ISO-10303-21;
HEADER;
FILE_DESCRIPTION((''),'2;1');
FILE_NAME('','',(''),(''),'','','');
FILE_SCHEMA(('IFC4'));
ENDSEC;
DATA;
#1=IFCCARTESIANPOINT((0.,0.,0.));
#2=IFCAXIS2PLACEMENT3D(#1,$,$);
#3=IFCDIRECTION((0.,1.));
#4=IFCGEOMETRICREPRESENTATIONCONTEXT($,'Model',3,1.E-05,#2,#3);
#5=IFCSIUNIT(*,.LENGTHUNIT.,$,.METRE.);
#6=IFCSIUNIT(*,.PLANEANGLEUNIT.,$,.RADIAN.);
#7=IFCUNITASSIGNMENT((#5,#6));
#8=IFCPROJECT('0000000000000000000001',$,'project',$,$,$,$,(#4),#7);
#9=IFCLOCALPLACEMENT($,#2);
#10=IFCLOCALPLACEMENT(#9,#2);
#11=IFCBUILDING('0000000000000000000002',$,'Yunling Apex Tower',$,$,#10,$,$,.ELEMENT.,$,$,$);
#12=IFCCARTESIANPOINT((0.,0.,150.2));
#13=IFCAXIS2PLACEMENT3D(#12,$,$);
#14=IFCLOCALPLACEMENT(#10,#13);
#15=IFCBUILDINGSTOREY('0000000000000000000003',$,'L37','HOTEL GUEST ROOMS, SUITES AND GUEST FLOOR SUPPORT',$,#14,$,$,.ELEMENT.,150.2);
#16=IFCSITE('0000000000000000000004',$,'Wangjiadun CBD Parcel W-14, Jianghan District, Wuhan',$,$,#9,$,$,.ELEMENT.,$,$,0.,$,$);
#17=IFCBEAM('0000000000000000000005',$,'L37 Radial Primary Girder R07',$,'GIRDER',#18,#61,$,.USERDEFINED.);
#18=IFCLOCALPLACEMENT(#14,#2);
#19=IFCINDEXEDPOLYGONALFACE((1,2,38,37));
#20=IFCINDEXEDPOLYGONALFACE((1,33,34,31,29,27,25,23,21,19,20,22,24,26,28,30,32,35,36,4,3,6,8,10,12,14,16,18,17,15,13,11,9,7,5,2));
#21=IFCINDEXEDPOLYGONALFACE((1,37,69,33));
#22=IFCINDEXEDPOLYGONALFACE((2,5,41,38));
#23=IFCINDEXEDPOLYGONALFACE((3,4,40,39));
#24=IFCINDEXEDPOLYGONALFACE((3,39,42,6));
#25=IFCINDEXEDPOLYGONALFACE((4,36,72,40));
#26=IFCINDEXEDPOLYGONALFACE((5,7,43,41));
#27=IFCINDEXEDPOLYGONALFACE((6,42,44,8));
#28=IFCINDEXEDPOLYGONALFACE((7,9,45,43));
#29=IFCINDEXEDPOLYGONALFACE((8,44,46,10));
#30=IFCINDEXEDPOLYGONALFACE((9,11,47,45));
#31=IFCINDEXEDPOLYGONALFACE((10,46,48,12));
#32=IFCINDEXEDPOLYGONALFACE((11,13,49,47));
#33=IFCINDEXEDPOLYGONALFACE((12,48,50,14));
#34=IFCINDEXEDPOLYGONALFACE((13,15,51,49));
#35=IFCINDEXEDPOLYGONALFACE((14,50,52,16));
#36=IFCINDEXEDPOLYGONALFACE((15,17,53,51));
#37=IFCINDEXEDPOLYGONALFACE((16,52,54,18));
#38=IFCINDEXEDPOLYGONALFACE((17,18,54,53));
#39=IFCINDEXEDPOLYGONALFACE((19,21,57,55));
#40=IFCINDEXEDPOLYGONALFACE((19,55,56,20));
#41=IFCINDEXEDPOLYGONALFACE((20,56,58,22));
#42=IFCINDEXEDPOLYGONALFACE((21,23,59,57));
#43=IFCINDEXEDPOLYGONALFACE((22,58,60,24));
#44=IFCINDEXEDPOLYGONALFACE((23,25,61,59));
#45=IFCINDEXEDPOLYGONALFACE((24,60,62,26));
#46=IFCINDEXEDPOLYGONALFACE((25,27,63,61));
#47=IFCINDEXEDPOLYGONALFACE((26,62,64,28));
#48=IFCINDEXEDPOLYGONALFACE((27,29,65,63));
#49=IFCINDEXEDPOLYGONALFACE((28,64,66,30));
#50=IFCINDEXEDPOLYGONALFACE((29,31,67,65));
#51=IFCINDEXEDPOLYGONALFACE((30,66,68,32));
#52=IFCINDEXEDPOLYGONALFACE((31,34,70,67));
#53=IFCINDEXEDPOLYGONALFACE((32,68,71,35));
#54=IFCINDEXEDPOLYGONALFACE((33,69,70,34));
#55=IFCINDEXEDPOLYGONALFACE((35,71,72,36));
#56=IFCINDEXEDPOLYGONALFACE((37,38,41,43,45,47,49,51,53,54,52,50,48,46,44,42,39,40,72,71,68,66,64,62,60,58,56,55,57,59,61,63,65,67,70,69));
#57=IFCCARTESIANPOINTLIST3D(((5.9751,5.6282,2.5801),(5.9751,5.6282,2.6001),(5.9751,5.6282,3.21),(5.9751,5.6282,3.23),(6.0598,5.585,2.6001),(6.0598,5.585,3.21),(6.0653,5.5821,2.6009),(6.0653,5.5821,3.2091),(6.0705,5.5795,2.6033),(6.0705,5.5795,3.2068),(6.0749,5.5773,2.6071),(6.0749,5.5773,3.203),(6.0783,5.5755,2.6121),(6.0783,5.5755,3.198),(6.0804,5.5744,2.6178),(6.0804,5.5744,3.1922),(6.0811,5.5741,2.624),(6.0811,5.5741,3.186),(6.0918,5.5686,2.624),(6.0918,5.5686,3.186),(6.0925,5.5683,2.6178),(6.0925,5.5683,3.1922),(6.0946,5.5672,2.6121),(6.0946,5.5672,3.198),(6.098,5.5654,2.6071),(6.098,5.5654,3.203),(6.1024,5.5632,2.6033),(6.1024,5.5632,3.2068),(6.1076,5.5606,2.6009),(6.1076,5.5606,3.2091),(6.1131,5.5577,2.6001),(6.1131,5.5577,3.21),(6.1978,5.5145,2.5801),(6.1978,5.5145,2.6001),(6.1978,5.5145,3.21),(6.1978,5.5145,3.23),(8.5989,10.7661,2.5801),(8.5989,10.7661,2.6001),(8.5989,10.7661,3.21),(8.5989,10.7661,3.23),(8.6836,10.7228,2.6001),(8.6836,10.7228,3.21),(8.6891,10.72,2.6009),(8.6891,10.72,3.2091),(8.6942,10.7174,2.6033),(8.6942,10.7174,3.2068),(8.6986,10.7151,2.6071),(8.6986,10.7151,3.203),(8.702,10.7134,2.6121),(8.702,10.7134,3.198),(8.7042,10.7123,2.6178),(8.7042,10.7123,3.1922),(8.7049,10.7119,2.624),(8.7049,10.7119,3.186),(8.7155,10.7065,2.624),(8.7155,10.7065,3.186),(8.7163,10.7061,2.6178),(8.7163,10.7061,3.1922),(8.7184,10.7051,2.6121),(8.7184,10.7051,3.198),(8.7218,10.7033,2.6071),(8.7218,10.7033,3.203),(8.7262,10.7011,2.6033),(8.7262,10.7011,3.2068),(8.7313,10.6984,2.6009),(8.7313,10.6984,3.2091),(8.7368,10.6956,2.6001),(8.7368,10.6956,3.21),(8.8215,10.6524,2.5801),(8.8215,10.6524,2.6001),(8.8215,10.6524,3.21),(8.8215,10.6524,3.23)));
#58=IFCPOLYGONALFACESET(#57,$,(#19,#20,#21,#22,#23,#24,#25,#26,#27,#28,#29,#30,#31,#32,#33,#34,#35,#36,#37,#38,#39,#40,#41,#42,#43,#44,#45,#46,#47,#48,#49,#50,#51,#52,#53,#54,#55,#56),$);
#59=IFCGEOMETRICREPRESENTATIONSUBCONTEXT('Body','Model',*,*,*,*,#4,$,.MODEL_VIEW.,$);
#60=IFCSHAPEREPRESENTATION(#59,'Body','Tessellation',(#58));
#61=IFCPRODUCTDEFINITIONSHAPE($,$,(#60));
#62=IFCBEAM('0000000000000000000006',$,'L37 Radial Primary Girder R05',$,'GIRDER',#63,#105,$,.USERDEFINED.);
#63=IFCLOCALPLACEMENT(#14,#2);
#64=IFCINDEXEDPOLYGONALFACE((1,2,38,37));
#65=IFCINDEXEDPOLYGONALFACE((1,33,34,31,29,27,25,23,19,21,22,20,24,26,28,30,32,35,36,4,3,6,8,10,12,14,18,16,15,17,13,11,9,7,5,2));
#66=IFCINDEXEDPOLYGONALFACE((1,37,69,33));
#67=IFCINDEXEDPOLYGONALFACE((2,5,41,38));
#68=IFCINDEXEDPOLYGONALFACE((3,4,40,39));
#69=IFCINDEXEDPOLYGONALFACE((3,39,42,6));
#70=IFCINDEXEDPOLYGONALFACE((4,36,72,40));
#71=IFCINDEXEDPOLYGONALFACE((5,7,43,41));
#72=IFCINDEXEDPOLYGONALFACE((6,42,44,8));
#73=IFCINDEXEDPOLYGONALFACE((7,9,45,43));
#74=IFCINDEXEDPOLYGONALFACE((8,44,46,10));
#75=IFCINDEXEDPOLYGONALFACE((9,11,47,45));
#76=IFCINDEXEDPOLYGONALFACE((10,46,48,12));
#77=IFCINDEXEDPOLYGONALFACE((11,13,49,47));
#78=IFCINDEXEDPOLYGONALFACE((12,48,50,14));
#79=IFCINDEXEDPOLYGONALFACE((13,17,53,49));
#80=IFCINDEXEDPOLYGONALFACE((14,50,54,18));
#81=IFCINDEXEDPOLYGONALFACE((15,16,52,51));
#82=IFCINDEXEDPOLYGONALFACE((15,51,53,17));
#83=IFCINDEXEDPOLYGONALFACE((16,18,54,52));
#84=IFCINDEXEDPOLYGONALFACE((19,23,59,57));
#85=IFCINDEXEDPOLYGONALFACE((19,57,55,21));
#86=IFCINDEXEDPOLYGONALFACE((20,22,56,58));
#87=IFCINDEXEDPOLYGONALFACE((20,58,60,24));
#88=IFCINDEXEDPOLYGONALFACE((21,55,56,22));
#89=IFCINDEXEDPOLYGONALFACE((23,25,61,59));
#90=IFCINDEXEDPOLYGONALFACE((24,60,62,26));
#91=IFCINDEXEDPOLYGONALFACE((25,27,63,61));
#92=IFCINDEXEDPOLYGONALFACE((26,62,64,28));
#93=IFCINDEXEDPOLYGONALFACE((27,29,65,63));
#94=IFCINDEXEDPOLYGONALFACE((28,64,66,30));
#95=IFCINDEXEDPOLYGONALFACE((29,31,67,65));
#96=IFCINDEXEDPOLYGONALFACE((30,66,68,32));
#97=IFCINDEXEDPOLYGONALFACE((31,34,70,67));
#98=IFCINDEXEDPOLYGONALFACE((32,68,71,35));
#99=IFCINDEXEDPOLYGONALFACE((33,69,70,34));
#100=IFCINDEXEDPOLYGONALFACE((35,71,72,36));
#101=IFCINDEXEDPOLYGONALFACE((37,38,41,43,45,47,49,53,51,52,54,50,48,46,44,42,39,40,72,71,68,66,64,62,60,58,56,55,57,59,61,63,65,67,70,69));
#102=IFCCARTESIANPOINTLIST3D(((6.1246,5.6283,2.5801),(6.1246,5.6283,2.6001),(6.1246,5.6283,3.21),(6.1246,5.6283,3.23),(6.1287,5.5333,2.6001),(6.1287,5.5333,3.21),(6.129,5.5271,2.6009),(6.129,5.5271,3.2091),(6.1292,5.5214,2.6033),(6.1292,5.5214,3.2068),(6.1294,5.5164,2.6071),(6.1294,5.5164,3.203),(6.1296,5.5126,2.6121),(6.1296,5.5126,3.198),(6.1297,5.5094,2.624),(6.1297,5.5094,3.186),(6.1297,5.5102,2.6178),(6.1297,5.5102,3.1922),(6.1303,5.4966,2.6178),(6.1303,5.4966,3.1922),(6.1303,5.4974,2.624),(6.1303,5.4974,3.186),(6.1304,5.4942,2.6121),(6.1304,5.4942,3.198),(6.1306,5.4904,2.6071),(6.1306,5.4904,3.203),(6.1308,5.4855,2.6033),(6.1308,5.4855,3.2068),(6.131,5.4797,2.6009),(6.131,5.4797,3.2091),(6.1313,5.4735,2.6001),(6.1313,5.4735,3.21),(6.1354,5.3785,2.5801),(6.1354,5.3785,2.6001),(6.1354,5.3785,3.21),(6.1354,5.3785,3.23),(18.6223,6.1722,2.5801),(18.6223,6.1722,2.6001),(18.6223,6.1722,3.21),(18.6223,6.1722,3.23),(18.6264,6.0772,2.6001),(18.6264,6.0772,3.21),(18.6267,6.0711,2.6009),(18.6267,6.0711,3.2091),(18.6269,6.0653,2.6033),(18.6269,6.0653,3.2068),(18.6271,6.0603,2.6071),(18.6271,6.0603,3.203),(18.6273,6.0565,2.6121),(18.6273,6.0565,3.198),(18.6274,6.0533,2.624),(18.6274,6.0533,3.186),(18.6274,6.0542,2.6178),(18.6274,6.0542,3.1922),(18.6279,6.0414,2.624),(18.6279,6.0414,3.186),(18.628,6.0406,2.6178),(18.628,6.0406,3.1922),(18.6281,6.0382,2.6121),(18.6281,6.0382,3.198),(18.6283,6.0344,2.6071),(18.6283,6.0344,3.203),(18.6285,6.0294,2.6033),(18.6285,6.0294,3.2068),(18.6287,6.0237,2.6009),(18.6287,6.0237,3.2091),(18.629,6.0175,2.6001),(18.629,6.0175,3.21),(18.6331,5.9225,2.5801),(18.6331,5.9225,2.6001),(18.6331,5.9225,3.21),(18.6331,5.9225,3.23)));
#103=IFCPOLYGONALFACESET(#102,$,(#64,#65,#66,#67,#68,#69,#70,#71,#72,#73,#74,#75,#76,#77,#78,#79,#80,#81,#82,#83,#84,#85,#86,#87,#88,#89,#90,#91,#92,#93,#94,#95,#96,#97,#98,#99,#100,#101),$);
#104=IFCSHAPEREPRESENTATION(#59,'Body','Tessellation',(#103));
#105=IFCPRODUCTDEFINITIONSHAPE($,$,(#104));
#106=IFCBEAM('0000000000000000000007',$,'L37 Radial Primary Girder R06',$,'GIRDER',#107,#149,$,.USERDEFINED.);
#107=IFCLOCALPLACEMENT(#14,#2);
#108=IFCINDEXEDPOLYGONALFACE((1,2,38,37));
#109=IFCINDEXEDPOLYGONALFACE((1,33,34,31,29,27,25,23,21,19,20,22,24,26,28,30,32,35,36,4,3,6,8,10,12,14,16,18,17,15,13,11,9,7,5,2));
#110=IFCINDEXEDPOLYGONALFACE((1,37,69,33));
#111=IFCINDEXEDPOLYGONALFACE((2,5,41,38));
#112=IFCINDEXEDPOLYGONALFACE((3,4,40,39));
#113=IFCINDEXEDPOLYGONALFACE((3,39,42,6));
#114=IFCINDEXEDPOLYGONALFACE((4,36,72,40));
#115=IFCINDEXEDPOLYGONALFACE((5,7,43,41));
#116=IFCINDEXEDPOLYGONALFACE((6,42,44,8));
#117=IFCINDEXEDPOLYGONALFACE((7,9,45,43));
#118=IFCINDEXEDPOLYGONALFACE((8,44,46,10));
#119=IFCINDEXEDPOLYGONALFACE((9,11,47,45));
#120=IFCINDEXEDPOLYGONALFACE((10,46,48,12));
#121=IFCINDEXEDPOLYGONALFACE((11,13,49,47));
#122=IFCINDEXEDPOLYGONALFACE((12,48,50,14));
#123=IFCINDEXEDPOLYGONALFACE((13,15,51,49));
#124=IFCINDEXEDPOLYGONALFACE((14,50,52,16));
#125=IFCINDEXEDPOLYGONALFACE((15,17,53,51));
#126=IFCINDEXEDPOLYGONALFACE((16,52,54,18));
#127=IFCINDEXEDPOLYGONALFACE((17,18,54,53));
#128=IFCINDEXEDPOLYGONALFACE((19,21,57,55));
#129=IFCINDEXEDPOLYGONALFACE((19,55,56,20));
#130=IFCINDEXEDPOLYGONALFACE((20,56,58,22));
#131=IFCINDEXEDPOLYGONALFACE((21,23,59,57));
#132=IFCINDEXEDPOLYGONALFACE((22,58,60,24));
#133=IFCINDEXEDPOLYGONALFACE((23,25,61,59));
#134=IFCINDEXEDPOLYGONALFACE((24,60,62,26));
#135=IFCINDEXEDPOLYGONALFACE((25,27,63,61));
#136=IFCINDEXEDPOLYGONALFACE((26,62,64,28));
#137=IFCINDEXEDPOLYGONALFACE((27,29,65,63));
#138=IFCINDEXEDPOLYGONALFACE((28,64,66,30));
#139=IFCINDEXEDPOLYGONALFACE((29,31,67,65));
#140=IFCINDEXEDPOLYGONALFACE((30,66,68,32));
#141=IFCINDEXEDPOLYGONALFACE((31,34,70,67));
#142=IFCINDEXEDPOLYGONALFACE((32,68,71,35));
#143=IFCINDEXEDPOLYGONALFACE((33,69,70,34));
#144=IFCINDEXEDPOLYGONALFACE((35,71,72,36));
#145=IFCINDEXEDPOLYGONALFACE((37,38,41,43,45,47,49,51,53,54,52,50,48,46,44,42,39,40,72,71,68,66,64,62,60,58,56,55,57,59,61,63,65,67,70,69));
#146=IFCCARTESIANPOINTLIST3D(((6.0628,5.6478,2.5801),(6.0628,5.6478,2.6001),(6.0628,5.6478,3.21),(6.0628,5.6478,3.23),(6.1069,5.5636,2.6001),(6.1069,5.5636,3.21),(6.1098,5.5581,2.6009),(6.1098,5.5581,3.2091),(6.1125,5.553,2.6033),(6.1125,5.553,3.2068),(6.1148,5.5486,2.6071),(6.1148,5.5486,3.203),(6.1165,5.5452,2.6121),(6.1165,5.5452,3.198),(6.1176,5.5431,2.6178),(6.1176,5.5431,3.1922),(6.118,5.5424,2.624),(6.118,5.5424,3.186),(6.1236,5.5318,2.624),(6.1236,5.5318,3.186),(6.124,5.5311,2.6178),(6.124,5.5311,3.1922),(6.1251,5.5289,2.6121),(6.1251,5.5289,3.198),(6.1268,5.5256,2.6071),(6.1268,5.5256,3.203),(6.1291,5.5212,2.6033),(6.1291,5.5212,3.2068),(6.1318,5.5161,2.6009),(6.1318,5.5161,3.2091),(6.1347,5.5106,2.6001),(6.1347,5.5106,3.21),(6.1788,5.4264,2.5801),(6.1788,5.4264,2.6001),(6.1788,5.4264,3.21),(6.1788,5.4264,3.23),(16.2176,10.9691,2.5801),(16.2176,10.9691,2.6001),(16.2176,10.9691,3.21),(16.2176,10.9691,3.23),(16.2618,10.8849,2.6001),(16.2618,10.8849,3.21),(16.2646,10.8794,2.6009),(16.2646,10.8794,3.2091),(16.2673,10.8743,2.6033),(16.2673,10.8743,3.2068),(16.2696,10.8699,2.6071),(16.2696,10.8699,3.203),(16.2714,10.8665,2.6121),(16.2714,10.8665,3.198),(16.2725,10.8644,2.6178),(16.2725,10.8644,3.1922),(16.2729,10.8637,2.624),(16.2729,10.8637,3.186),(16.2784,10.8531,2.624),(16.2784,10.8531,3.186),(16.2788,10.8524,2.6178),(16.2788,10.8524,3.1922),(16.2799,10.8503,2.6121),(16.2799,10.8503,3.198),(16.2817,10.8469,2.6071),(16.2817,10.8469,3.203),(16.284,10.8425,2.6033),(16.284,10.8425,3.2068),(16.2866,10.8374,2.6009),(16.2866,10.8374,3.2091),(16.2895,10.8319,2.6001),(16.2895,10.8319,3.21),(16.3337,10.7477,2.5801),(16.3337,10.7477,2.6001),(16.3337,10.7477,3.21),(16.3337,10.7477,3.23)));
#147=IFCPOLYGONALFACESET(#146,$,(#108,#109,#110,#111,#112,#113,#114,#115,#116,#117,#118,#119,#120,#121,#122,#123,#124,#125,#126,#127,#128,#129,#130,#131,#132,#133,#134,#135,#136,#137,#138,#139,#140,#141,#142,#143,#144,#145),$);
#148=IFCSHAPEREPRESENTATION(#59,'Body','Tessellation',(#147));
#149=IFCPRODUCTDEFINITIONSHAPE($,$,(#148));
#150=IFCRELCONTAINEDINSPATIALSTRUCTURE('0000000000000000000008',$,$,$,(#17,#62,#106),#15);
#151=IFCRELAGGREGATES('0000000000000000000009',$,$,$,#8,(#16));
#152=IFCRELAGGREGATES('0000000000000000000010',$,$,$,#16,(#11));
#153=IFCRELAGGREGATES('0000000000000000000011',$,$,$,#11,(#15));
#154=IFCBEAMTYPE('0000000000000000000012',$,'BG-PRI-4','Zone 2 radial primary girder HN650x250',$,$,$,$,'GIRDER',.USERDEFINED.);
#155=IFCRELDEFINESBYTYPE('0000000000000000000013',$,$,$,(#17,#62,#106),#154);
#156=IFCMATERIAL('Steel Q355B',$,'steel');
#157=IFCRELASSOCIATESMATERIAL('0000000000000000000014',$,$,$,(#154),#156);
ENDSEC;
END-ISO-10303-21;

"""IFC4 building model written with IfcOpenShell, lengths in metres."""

from ifc_helpers import new_model, si_unit, direction, frame, origin, origin_2d, place, context, subcontext, project, spatial, i_section, extrude, source, transform, mapped, material, material_profile, profile_set, type_object, element, save


model = new_model("IFC4")

# Units and contexts
model_context = context("Model", 3, precision=1e-05, world=origin(), true_north=direction((0.0, 1.0)))
body_context = subcontext(model_context, "Body", "Model", "MODEL_VIEW")
ifc_project = project(units=[si_unit("LENGTHUNIT", "METRE"), si_unit("PLANEANGLEUNIT", "RADIAN")], contexts=[model_context])

# Site, building, storey
site_placement = place(None, origin())
site = spatial("IfcSite", under=ifc_project, at=site_placement, Name="Wangjiadun CBD Parcel W-14, Jianghan District, Wuhan", CompositionType="ELEMENT", RefElevation=0.0)
building_placement = place(site_placement, origin())
building = spatial("IfcBuilding", under=site, at=building_placement, Name="Yunling Apex Tower", CompositionType="ELEMENT")
storey_placement = place(building_placement, frame((0.0, 0.0, 150.2)))
storey = spatial("IfcBuildingStorey", under=building, at=storey_placement, Name="L37", Description="HOTEL GUEST ROOMS, SUITES AND GUEST FLOOR SUPPORT", CompositionType="ELEMENT", Elevation=150.2)

# Beams
ifc_material_1 = material(Name="Steel Q355B", Category="steel")
ifc_material_profile_1 = material_profile(ifc_material_1, i_section(OverallWidth=0.25, OverallDepth=0.6499, WebThickness=0.012, FlangeThickness=0.02, FilletRadius=0.0239, at=origin_2d()))
ifc_profile_set_1 = profile_set([ifc_material_profile_1], Name="Steel Q355B")
beam_type_1 = type_object("IfcBeamType", Name="BG-PRI-4", Description="Zone 2 radial primary girder HN650x250", ElementType="GIRDER", PredefinedType="USERDEFINED", material=ifc_profile_set_1)
shared_shape_1 = source(origin(), body_context, "Body", "SweptSolid", [
    extrude(i_section(OverallWidth=0.25, OverallDepth=0.6499, WebThickness=0.012, FlangeThickness=0.02, FilletRadius=0.0239, at=origin_2d()), origin(), (0.0, 0.0, 1.0), 5.769),
])
beam_1_placement = place(storey_placement, frame((8.7102, 10.7092, 2.905), z_axis=(-0.454798, -0.890595, 0.0), x_axis=(0.890595, -0.454798, 0.0)))
element("IfcBeam", 1, at=beam_1_placement, inside=storey, type_object=beam_type_1, Name="L37 Radial Primary Girder R07", ObjectType="GIRDER", PredefinedType="USERDEFINED", context=body_context, shape_type="MappedRepresentation", body=[
    mapped(shared_shape_1, transform((0.0, 0.0, 0.0), scale=1.0)),
])
shared_shape_2 = source(origin(), body_context, "Body", "SweptSolid", [
    extrude(i_section(OverallWidth=0.25, OverallDepth=0.6499, WebThickness=0.012, FlangeThickness=0.02, FilletRadius=0.0239, at=origin_2d()), origin(), (0.0, 0.0, 1.0), 12.5095),
])
beam_2_placement = place(storey_placement, frame((18.6277, 6.0474, 2.905), z_axis=(-0.999054, -0.043482, 0.0), x_axis=(0.043482, -0.999054, 0.0)))
element("IfcBeam", 2, at=beam_2_placement, inside=storey, type_object=beam_type_1, Name="L37 Radial Primary Girder R05", ObjectType="GIRDER", PredefinedType="USERDEFINED", context=body_context, shape_type="MappedRepresentation", body=[
    mapped(shared_shape_2, transform((0.0, 0.0, 0.0), scale=1.0)),
])
shared_shape_3 = source(origin(), body_context, "Body", "SweptSolid", [
    extrude(i_section(OverallWidth=0.25, OverallDepth=0.6499, WebThickness=0.012, FlangeThickness=0.02, FilletRadius=0.0239, at=origin_2d()), origin(), (0.0, 0.0, 1.0), 11.4646),
])
beam_3_placement = place(storey_placement, frame((16.2756, 10.8584, 2.905), z_axis=(-0.885756, -0.464152, 0.0), x_axis=(0.464152, -0.885756, 0.0)))
element("IfcBeam", 3, at=beam_3_placement, inside=storey, type_object=beam_type_1, Name="L37 Radial Primary Girder R06", ObjectType="GIRDER", PredefinedType="USERDEFINED", context=body_context, shape_type="MappedRepresentation", body=[
    mapped(shared_shape_3, transform((0.0, 0.0, 0.0), scale=1.0)),
])

save(model, "model.ifc")
